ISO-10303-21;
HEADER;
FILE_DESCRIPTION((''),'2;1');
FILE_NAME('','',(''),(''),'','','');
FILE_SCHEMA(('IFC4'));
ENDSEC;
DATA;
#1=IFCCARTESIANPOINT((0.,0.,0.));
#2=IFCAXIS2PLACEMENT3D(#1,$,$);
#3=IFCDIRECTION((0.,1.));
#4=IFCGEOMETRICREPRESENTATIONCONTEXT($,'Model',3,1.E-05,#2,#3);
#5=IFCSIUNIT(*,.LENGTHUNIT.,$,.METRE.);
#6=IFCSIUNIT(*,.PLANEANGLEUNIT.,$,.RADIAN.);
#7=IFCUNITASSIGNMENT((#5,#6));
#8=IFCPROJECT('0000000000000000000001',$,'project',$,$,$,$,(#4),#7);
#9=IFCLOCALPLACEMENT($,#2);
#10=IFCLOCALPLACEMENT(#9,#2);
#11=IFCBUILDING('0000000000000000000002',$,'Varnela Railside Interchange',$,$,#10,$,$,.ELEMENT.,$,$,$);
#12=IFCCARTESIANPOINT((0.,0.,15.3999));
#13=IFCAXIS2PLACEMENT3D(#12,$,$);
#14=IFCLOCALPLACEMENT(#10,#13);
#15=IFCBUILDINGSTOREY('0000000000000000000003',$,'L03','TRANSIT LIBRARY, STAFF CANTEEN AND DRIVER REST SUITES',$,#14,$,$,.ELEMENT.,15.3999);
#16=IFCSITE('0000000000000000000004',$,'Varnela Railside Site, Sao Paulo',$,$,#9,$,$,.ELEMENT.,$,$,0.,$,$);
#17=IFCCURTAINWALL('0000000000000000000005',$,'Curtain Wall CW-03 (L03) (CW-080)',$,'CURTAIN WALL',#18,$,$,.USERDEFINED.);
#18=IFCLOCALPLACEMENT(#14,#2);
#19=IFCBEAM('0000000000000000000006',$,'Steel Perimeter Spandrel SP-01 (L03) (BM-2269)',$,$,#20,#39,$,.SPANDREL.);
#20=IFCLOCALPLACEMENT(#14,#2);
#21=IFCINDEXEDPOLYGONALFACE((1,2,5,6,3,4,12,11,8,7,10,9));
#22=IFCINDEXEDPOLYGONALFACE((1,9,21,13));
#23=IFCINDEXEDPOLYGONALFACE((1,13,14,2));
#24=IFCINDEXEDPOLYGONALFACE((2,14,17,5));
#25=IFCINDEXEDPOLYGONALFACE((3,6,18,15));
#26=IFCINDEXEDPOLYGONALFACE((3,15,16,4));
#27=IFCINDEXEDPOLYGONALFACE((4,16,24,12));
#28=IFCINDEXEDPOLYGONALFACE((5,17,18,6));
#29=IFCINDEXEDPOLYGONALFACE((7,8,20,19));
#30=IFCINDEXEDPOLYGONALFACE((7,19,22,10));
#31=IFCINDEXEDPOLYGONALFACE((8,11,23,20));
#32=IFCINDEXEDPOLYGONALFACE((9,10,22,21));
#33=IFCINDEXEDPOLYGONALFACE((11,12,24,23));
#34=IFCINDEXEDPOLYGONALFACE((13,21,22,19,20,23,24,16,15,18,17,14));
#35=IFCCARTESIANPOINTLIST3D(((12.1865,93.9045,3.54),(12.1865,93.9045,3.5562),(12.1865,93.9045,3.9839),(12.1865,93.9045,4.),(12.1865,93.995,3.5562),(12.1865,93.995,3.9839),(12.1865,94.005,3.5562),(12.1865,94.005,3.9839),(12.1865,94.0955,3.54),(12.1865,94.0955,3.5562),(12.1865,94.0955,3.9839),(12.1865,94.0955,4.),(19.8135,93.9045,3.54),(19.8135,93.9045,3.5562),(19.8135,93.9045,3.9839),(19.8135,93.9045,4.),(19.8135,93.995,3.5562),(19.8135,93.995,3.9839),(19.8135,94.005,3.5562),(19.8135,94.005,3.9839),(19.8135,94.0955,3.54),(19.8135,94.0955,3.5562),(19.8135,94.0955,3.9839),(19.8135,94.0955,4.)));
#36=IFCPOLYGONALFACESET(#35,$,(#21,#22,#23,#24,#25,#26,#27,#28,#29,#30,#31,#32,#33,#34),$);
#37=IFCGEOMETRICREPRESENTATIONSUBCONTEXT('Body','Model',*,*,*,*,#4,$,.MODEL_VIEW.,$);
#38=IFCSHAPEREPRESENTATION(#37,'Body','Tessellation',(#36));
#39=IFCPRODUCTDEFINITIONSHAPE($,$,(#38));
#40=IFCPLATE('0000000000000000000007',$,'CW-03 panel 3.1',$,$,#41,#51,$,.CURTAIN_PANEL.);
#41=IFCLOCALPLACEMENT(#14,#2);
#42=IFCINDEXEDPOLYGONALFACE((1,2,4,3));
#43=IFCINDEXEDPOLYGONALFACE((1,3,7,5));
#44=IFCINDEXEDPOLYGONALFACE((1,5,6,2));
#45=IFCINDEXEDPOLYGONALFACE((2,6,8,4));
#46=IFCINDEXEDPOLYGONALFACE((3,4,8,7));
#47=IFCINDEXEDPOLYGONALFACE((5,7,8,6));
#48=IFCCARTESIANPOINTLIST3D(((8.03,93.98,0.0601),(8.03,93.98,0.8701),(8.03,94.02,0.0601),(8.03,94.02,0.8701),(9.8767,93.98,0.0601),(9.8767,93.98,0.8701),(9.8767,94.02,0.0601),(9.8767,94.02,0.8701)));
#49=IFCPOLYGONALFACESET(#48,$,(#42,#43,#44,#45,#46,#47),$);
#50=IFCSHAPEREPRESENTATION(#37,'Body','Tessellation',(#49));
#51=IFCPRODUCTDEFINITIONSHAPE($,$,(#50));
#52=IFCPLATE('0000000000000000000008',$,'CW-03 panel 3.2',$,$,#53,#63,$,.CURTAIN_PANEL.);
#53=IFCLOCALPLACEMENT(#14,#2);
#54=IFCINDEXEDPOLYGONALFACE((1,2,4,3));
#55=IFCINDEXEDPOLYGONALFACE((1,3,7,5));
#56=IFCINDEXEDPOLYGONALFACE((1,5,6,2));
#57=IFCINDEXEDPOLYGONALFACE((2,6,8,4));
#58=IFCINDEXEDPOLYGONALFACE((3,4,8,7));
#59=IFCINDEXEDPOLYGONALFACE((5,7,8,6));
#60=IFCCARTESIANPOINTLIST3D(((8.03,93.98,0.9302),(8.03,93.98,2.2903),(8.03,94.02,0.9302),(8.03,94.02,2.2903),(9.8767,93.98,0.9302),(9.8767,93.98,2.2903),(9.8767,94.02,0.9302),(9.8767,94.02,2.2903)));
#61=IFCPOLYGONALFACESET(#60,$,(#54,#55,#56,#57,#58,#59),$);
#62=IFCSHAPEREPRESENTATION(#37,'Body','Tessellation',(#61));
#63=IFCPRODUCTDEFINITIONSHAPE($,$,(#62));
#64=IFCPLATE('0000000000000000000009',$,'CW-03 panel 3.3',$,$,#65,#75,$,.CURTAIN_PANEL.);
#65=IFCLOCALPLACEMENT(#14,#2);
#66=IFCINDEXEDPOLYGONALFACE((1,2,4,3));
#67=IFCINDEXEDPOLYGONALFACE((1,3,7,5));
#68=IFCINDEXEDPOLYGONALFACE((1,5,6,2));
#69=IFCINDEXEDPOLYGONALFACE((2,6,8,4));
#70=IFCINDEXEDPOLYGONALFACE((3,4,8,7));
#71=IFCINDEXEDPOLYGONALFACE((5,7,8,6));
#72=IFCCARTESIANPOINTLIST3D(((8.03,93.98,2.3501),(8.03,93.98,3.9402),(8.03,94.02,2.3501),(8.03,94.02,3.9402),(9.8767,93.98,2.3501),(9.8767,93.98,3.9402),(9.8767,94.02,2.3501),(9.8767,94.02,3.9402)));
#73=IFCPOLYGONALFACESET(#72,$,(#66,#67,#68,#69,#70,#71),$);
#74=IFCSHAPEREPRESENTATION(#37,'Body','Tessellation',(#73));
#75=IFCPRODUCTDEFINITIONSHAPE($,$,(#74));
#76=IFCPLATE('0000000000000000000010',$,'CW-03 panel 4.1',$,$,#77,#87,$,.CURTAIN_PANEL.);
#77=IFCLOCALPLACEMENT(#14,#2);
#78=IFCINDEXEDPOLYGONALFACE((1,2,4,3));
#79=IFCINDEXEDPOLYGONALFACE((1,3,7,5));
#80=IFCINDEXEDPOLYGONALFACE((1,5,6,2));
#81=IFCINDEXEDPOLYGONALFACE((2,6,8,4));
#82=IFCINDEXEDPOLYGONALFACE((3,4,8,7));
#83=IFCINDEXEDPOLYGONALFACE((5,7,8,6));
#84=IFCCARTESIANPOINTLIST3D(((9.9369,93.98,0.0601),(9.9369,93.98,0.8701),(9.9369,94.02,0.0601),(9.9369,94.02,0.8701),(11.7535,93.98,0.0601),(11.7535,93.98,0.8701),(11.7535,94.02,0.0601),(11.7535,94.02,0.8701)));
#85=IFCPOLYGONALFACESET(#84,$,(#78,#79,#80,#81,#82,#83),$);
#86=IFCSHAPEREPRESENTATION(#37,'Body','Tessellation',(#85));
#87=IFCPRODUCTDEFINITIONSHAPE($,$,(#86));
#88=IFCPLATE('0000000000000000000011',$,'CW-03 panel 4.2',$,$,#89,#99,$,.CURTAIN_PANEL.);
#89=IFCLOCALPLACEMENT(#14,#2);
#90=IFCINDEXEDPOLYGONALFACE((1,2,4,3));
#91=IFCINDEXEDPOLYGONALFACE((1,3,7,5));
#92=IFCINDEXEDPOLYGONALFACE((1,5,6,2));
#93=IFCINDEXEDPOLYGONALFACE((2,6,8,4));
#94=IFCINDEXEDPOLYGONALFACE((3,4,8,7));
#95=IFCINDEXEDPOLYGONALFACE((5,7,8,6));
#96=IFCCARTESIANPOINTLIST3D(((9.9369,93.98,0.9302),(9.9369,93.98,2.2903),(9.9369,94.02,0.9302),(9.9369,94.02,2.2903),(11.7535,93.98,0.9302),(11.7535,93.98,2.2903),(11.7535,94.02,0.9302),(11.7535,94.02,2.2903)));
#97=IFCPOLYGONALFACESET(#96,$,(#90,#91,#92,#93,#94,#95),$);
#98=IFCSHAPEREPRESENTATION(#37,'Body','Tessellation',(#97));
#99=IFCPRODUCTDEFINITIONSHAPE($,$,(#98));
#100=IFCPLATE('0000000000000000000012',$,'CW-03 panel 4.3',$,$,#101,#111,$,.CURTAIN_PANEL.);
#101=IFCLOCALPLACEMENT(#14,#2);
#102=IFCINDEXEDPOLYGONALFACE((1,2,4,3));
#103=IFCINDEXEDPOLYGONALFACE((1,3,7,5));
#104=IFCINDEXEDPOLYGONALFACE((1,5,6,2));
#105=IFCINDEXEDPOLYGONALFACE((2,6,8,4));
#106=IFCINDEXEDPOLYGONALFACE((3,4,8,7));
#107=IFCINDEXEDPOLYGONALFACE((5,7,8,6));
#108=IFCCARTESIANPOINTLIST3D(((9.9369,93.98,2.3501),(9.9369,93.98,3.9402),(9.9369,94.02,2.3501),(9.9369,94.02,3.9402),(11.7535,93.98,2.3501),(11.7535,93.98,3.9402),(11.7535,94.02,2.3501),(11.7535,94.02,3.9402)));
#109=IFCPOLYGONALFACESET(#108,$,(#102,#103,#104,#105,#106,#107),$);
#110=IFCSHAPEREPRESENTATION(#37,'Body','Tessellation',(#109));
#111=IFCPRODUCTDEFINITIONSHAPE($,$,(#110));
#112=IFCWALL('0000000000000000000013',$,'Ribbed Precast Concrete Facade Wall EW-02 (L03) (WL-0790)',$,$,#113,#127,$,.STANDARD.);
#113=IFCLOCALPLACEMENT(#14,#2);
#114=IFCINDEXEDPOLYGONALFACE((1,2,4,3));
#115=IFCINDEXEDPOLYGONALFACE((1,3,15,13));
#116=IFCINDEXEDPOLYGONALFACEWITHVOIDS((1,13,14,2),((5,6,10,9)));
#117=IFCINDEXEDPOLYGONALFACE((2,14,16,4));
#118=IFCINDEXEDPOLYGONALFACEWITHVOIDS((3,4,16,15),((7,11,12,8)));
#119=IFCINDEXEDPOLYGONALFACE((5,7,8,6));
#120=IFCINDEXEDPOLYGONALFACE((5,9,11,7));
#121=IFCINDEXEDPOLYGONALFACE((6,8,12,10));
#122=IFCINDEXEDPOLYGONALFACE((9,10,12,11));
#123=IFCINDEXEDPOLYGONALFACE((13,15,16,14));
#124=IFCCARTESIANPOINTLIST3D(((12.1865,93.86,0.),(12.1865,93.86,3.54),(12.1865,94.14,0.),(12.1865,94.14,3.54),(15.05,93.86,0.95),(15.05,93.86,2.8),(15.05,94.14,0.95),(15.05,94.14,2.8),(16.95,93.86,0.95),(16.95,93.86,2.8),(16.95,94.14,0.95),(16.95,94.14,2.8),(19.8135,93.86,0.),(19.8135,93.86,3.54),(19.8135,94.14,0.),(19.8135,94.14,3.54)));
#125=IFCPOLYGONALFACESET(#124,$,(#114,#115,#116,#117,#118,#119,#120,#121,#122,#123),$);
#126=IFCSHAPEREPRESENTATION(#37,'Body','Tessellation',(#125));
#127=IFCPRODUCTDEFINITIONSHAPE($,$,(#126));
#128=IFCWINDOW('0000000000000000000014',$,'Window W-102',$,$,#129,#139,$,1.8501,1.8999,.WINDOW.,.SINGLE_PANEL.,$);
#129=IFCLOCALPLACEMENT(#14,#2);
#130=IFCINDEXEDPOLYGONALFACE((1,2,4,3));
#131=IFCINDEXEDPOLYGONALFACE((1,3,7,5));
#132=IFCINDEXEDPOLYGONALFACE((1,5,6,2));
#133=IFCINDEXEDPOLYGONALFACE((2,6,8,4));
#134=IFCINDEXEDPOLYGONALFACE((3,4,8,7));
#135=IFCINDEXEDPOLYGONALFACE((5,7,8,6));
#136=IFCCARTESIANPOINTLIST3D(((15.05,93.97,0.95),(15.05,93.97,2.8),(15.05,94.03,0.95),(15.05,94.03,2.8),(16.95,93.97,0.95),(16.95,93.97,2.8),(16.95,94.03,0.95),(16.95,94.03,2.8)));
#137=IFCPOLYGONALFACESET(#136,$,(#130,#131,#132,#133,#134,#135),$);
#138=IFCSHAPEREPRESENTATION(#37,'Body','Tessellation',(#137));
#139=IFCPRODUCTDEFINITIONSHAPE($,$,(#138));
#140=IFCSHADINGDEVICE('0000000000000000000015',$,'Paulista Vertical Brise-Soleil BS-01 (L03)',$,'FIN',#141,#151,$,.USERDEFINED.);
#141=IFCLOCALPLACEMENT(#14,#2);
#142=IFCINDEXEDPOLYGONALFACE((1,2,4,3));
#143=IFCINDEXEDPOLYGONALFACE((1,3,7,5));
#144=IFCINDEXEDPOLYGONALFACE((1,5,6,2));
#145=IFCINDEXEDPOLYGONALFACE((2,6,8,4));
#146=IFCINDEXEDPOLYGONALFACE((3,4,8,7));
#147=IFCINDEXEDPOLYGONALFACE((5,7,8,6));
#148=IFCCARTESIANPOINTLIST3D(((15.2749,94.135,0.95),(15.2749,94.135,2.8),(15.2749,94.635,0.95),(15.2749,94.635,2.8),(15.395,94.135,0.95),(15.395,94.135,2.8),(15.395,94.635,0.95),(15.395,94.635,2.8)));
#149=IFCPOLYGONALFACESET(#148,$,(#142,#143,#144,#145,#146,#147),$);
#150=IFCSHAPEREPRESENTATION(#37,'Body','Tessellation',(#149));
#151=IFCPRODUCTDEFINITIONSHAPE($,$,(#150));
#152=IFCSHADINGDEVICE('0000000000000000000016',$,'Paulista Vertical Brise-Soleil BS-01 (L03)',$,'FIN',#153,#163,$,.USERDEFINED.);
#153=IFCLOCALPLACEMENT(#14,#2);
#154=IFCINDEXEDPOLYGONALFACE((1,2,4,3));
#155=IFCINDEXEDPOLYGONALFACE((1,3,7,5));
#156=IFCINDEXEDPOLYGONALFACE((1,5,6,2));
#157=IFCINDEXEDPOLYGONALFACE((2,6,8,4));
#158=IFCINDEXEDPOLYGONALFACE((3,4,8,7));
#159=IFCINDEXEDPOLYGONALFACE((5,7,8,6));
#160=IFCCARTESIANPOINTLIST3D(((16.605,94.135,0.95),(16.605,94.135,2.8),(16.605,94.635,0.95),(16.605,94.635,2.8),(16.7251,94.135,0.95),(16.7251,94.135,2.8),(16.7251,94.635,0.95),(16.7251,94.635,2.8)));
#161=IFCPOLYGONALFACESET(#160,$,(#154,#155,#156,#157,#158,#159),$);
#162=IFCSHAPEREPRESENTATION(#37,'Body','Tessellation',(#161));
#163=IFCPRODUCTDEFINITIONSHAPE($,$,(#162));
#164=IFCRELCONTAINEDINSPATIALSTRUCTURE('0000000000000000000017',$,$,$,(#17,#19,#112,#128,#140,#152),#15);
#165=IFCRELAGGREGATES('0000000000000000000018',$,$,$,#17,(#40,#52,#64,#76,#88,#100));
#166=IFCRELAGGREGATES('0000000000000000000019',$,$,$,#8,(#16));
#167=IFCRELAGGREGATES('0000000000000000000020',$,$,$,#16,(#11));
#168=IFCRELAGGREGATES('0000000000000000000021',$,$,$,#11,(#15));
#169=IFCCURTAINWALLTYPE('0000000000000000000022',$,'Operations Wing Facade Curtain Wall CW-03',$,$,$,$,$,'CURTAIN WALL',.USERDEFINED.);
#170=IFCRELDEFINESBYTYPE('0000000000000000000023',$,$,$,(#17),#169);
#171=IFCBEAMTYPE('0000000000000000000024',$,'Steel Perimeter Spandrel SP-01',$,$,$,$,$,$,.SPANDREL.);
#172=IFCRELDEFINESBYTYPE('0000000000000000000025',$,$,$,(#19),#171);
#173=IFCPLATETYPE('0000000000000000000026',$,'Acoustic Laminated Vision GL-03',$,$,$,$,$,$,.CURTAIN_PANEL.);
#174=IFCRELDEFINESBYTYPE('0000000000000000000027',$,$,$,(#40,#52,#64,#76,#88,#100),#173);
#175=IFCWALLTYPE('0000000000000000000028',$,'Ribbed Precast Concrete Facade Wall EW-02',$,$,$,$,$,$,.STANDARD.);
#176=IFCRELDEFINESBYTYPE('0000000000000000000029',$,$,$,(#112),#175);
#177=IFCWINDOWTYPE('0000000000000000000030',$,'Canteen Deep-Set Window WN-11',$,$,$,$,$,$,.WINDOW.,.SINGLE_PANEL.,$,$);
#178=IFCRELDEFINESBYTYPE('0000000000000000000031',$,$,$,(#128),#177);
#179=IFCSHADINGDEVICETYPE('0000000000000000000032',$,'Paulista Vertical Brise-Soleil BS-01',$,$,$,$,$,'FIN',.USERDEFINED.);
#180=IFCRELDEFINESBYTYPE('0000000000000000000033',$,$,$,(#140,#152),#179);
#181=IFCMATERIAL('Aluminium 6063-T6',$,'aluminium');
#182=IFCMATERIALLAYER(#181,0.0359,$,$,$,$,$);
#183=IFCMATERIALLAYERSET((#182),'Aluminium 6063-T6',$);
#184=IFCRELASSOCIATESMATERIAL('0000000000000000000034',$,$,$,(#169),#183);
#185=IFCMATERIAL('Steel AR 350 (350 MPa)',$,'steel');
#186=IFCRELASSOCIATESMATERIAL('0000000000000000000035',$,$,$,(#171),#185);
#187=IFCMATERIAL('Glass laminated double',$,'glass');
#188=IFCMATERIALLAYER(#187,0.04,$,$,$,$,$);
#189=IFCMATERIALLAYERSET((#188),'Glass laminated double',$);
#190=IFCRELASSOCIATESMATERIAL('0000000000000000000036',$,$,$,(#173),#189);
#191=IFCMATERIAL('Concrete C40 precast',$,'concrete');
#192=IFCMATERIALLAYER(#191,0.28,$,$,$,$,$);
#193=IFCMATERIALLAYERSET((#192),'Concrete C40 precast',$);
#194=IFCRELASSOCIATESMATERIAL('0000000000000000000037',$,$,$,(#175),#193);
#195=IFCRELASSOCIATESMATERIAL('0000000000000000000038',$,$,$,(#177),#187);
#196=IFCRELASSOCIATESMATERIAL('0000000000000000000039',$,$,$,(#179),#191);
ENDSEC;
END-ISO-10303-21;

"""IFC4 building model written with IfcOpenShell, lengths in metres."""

from ifc_helpers import new_model, si_unit, direction, frame, frame_2d, origin, origin_2d, place, context, subcontext, project, spatial, rectangle, i_section, extrude, material, layer, layer_set, material_profile, profile_set, type_object, element, fill, aggregate, save


model = new_model("IFC4")

# Units and contexts
model_context = context("Model", 3, precision=1e-05, world=origin(), true_north=direction((0.0, 1.0)))
body_context = subcontext(model_context, "Body", "Model", "MODEL_VIEW")
ifc_project = project(units=[si_unit("LENGTHUNIT", "METRE"), si_unit("PLANEANGLEUNIT", "RADIAN")], contexts=[model_context])

# Site, building, storey
site_placement = place(None, origin())
site = spatial("IfcSite", under=ifc_project, at=site_placement, Name="Varnela Railside Site, Sao Paulo", CompositionType="ELEMENT", RefElevation=0.0)
building_placement = place(site_placement, origin())
building = spatial("IfcBuilding", under=site, at=building_placement, Name="Varnela Railside Interchange", CompositionType="ELEMENT")
storey_placement = place(building_placement, frame((0.0, 0.0, 15.3999)))
storey = spatial("IfcBuildingStorey", under=building, at=storey_placement, Name="L03", Description="TRANSIT LIBRARY, STAFF CANTEEN AND DRIVER REST SUITES", CompositionType="ELEMENT", Elevation=15.3999)

# Shared definitions
ifc_material_1 = material(Name="Steel AR 350 (350 MPa)", Category="steel")

# Curtain wall
ifc_material_2 = material(Name="Aluminium 6063-T6", Category="aluminium")
ifc_layer_1 = layer(ifc_material_2, 0.0359)
ifc_layer_set_1 = layer_set([ifc_layer_1], Name="Aluminium 6063-T6")
curtain_wall_type = type_object("IfcCurtainWallType", Name="Operations Wing Facade Curtain Wall CW-03", ElementType="CURTAIN WALL", PredefinedType="USERDEFINED", material=ifc_layer_set_1)
curtain_wall_placement = place(storey_placement, origin())
curtain_wall = element("IfcCurtainWall", 1, at=curtain_wall_placement, inside=storey, type_object=curtain_wall_type, Name="Curtain Wall CW-03 (L03) (CW-080)", ObjectType="CURTAIN WALL", PredefinedType="USERDEFINED")

# Beam
ifc_material_profile_1 = material_profile(ifc_material_1, i_section(OverallWidth=0.1909, OverallDepth=0.46, WebThickness=0.01, FlangeThickness=0.0161, at=origin_2d()), Name="W460x82")
ifc_profile_set_1 = profile_set([ifc_material_profile_1], Name="Steel AR 350 (350 MPa)")
beam_type = type_object("IfcBeamType", Name="Steel Perimeter Spandrel SP-01", PredefinedType="SPANDREL", material=ifc_profile_set_1)
beam_placement = place(storey_placement, frame((12.1865, 94.0, 3.77), z_axis=(1.0, 0.0, 0.0), x_axis=(0.0, 1.0, 0.0)))
element("IfcBeam", 2, at=beam_placement, inside=storey, type_object=beam_type, Name="Steel Perimeter Spandrel SP-01 (L03) (BM-2269)", PredefinedType="SPANDREL", context=body_context, shape_type="SweptSolid", body=[
    extrude(i_section(OverallWidth=0.1909, OverallDepth=0.46, WebThickness=0.01, FlangeThickness=0.0161, at=origin_2d()), origin(), (0.0, 0.0, 1.0), 7.627),
])

# Plates
ifc_material_3 = material(Name="Glass laminated double", Category="glass")
ifc_layer_2 = layer(ifc_material_3, 0.04)
ifc_layer_set_2 = layer_set([ifc_layer_2], Name="Glass laminated double")
plate_type = type_object("IfcPlateType", Name="Acoustic Laminated Vision GL-03", PredefinedType="CURTAIN_PANEL", material=ifc_layer_set_2)
plate_1_placement = place(storey_placement, frame((8.9534, 94.0, 0.0601), z_axis=(0.0, 0.0, 1.0), x_axis=(1.0, 0.0, 0.0)))
plate_1 = element("IfcPlate", 3, at=plate_1_placement, type_object=plate_type, Name="CW-03 panel 3.1", PredefinedType="CURTAIN_PANEL", context=body_context, shape_type="SweptSolid", body=[
    extrude(rectangle(XDim=1.8467, YDim=0.04, at=origin_2d()), origin(), (0.0, 0.0, 1.0), 0.8101),
])
plate_2_placement = place(storey_placement, frame((8.9534, 94.0, 0.9302), z_axis=(0.0, 0.0, 1.0), x_axis=(1.0, 0.0, 0.0)))
plate_2 = element("IfcPlate", 4, at=plate_2_placement, type_object=plate_type, Name="CW-03 panel 3.2", PredefinedType="CURTAIN_PANEL", context=body_context, shape_type="SweptSolid", body=[
    extrude(rectangle(XDim=1.8467, YDim=0.04, at=origin_2d()), origin(), (0.0, 0.0, 1.0), 1.3601),
])
plate_3_placement = place(storey_placement, frame((8.9534, 94.0, 2.3501), z_axis=(0.0, 0.0, 1.0), x_axis=(1.0, 0.0, 0.0)))
plate_3 = element("IfcPlate", 5, at=plate_3_placement, type_object=plate_type, Name="CW-03 panel 3.3", PredefinedType="CURTAIN_PANEL", context=body_context, shape_type="SweptSolid", body=[
    extrude(rectangle(XDim=1.8467, YDim=0.04, at=origin_2d()), origin(), (0.0, 0.0, 1.0), 1.5901),
])
plate_4_placement = place(storey_placement, frame((10.8452, 94.0, 0.0601), z_axis=(0.0, 0.0, 1.0), x_axis=(1.0, 0.0, 0.0)))
plate_4 = element("IfcPlate", 6, at=plate_4_placement, type_object=plate_type, Name="CW-03 panel 4.1", PredefinedType="CURTAIN_PANEL", context=body_context, shape_type="SweptSolid", body=[
    extrude(rectangle(XDim=1.8167, YDim=0.04, at=origin_2d()), origin(), (0.0, 0.0, 1.0), 0.8101),
])
plate_5_placement = place(storey_placement, frame((10.8452, 94.0, 0.9302), z_axis=(0.0, 0.0, 1.0), x_axis=(1.0, 0.0, 0.0)))
plate_5 = element("IfcPlate", 7, at=plate_5_placement, type_object=plate_type, Name="CW-03 panel 4.2", PredefinedType="CURTAIN_PANEL", context=body_context, shape_type="SweptSolid", body=[
    extrude(rectangle(XDim=1.8167, YDim=0.04, at=origin_2d()), origin(), (0.0, 0.0, 1.0), 1.3601),
])
plate_6_placement = place(storey_placement, frame((10.8452, 94.0, 2.3501), z_axis=(0.0, 0.0, 1.0), x_axis=(1.0, 0.0, 0.0)))
plate_6 = element("IfcPlate", 8, at=plate_6_placement, type_object=plate_type, Name="CW-03 panel 4.3", PredefinedType="CURTAIN_PANEL", context=body_context, shape_type="SweptSolid", body=[
    extrude(rectangle(XDim=1.8167, YDim=0.04, at=origin_2d()), origin(), (0.0, 0.0, 1.0), 1.5901),
])
aggregate(curtain_wall, [plate_1, plate_2, plate_3, plate_4, plate_5, plate_6])

# Wall, opening, window
ifc_material_4 = material(Name="Concrete C40 precast", Category="concrete")
ifc_layer_3 = layer(ifc_material_4, 0.28)
ifc_layer_set_3 = layer_set([ifc_layer_3], Name="Concrete C40 precast")
wall_type = type_object("IfcWallType", Name="Ribbed Precast Concrete Facade Wall EW-02", PredefinedType="STANDARD", material=ifc_layer_set_3)
wall_placement = place(storey_placement, frame((12.1865, 94.0, 0.0), z_axis=(0.0, 0.0, 1.0), x_axis=(1.0, 0.0, 0.0)))
wall = element("IfcWall", 9, at=wall_placement, inside=storey, type_object=wall_type, Name="Ribbed Precast Concrete Facade Wall EW-02 (L03) (WL-0790)", PredefinedType="STANDARD", context=body_context, shape_type="SweptSolid", body=[
    extrude(rectangle(XDim=7.627, YDim=0.28, at=frame_2d((3.8135, 0.0))), origin(), (0.0, 0.0, 1.0), 3.54),
])
opening_placement = place(wall_placement, frame((2.8635, 0.0, 0.95)))
opening = element("IfcOpeningElement", 10, at=opening_placement, cuts=wall, PredefinedType="OPENING", context=body_context, shape_type="SweptSolid", body=[
    extrude(rectangle(XDim=1.8999, YDim=1.8501, at=frame_2d((0.95, 0.925))), frame((0.0, 0.1499, 0.0), z_axis=(0.0, -1.0, 0.0), x_axis=(1.0, 0.0, 0.0)), (0.0, 0.0, 1.0), 0.3),
])
window_type = type_object("IfcWindowType", Name="Canteen Deep-Set Window WN-11", PartitioningType="SINGLE_PANEL", PredefinedType="WINDOW", material=ifc_material_3)
window_placement = place(opening_placement, origin())
window = element("IfcWindow", 11, at=window_placement, inside=storey, type_object=window_type, Name="Window W-102", OverallHeight=1.8501, OverallWidth=1.8999, PartitioningType="SINGLE_PANEL", PredefinedType="WINDOW", context=body_context, shape_type="SweptSolid", body=[
    extrude(rectangle(XDim=1.8999, YDim=1.8501, at=frame_2d((0.95, 0.925))), frame((0.0, 0.03, 0.0), z_axis=(0.0, -1.0, 0.0), x_axis=(1.0, 0.0, 0.0)), (0.0, 0.0, 1.0), 0.0601),
])
fill(opening, window)

# Shading devices
shading_device_type = type_object("IfcShadingDeviceType", Name="Paulista Vertical Brise-Soleil BS-01", ElementType="FIN", PredefinedType="USERDEFINED", material=ifc_material_4)
for number, where, z_axis, x_axis, name in (
    (12, (15.335, 94.385, 0.95), (0.0, 0.0, 1.0), (0.0, 1.0, 0.0), "Paulista Vertical Brise-Soleil BS-01 (L03)"),
    (13, (16.665, 94.385, 0.95), (0.0, 0.0, 1.0), (0.0, 1.0, 0.0), "Paulista Vertical Brise-Soleil BS-01 (L03)"),
):
    element("IfcShadingDevice", number, at=place(storey_placement, frame(where, z_axis=z_axis, x_axis=x_axis)), inside=storey, type_object=shading_device_type, Name=name, ObjectType="FIN", PredefinedType="USERDEFINED", context=body_context, shape_type="SweptSolid", body=[
        extrude(rectangle(XDim=0.5, YDim=0.1201, at=origin_2d()), origin(), (0.0, 0.0, 1.0), 1.8501),
    ])

save(model, "model.ifc")
